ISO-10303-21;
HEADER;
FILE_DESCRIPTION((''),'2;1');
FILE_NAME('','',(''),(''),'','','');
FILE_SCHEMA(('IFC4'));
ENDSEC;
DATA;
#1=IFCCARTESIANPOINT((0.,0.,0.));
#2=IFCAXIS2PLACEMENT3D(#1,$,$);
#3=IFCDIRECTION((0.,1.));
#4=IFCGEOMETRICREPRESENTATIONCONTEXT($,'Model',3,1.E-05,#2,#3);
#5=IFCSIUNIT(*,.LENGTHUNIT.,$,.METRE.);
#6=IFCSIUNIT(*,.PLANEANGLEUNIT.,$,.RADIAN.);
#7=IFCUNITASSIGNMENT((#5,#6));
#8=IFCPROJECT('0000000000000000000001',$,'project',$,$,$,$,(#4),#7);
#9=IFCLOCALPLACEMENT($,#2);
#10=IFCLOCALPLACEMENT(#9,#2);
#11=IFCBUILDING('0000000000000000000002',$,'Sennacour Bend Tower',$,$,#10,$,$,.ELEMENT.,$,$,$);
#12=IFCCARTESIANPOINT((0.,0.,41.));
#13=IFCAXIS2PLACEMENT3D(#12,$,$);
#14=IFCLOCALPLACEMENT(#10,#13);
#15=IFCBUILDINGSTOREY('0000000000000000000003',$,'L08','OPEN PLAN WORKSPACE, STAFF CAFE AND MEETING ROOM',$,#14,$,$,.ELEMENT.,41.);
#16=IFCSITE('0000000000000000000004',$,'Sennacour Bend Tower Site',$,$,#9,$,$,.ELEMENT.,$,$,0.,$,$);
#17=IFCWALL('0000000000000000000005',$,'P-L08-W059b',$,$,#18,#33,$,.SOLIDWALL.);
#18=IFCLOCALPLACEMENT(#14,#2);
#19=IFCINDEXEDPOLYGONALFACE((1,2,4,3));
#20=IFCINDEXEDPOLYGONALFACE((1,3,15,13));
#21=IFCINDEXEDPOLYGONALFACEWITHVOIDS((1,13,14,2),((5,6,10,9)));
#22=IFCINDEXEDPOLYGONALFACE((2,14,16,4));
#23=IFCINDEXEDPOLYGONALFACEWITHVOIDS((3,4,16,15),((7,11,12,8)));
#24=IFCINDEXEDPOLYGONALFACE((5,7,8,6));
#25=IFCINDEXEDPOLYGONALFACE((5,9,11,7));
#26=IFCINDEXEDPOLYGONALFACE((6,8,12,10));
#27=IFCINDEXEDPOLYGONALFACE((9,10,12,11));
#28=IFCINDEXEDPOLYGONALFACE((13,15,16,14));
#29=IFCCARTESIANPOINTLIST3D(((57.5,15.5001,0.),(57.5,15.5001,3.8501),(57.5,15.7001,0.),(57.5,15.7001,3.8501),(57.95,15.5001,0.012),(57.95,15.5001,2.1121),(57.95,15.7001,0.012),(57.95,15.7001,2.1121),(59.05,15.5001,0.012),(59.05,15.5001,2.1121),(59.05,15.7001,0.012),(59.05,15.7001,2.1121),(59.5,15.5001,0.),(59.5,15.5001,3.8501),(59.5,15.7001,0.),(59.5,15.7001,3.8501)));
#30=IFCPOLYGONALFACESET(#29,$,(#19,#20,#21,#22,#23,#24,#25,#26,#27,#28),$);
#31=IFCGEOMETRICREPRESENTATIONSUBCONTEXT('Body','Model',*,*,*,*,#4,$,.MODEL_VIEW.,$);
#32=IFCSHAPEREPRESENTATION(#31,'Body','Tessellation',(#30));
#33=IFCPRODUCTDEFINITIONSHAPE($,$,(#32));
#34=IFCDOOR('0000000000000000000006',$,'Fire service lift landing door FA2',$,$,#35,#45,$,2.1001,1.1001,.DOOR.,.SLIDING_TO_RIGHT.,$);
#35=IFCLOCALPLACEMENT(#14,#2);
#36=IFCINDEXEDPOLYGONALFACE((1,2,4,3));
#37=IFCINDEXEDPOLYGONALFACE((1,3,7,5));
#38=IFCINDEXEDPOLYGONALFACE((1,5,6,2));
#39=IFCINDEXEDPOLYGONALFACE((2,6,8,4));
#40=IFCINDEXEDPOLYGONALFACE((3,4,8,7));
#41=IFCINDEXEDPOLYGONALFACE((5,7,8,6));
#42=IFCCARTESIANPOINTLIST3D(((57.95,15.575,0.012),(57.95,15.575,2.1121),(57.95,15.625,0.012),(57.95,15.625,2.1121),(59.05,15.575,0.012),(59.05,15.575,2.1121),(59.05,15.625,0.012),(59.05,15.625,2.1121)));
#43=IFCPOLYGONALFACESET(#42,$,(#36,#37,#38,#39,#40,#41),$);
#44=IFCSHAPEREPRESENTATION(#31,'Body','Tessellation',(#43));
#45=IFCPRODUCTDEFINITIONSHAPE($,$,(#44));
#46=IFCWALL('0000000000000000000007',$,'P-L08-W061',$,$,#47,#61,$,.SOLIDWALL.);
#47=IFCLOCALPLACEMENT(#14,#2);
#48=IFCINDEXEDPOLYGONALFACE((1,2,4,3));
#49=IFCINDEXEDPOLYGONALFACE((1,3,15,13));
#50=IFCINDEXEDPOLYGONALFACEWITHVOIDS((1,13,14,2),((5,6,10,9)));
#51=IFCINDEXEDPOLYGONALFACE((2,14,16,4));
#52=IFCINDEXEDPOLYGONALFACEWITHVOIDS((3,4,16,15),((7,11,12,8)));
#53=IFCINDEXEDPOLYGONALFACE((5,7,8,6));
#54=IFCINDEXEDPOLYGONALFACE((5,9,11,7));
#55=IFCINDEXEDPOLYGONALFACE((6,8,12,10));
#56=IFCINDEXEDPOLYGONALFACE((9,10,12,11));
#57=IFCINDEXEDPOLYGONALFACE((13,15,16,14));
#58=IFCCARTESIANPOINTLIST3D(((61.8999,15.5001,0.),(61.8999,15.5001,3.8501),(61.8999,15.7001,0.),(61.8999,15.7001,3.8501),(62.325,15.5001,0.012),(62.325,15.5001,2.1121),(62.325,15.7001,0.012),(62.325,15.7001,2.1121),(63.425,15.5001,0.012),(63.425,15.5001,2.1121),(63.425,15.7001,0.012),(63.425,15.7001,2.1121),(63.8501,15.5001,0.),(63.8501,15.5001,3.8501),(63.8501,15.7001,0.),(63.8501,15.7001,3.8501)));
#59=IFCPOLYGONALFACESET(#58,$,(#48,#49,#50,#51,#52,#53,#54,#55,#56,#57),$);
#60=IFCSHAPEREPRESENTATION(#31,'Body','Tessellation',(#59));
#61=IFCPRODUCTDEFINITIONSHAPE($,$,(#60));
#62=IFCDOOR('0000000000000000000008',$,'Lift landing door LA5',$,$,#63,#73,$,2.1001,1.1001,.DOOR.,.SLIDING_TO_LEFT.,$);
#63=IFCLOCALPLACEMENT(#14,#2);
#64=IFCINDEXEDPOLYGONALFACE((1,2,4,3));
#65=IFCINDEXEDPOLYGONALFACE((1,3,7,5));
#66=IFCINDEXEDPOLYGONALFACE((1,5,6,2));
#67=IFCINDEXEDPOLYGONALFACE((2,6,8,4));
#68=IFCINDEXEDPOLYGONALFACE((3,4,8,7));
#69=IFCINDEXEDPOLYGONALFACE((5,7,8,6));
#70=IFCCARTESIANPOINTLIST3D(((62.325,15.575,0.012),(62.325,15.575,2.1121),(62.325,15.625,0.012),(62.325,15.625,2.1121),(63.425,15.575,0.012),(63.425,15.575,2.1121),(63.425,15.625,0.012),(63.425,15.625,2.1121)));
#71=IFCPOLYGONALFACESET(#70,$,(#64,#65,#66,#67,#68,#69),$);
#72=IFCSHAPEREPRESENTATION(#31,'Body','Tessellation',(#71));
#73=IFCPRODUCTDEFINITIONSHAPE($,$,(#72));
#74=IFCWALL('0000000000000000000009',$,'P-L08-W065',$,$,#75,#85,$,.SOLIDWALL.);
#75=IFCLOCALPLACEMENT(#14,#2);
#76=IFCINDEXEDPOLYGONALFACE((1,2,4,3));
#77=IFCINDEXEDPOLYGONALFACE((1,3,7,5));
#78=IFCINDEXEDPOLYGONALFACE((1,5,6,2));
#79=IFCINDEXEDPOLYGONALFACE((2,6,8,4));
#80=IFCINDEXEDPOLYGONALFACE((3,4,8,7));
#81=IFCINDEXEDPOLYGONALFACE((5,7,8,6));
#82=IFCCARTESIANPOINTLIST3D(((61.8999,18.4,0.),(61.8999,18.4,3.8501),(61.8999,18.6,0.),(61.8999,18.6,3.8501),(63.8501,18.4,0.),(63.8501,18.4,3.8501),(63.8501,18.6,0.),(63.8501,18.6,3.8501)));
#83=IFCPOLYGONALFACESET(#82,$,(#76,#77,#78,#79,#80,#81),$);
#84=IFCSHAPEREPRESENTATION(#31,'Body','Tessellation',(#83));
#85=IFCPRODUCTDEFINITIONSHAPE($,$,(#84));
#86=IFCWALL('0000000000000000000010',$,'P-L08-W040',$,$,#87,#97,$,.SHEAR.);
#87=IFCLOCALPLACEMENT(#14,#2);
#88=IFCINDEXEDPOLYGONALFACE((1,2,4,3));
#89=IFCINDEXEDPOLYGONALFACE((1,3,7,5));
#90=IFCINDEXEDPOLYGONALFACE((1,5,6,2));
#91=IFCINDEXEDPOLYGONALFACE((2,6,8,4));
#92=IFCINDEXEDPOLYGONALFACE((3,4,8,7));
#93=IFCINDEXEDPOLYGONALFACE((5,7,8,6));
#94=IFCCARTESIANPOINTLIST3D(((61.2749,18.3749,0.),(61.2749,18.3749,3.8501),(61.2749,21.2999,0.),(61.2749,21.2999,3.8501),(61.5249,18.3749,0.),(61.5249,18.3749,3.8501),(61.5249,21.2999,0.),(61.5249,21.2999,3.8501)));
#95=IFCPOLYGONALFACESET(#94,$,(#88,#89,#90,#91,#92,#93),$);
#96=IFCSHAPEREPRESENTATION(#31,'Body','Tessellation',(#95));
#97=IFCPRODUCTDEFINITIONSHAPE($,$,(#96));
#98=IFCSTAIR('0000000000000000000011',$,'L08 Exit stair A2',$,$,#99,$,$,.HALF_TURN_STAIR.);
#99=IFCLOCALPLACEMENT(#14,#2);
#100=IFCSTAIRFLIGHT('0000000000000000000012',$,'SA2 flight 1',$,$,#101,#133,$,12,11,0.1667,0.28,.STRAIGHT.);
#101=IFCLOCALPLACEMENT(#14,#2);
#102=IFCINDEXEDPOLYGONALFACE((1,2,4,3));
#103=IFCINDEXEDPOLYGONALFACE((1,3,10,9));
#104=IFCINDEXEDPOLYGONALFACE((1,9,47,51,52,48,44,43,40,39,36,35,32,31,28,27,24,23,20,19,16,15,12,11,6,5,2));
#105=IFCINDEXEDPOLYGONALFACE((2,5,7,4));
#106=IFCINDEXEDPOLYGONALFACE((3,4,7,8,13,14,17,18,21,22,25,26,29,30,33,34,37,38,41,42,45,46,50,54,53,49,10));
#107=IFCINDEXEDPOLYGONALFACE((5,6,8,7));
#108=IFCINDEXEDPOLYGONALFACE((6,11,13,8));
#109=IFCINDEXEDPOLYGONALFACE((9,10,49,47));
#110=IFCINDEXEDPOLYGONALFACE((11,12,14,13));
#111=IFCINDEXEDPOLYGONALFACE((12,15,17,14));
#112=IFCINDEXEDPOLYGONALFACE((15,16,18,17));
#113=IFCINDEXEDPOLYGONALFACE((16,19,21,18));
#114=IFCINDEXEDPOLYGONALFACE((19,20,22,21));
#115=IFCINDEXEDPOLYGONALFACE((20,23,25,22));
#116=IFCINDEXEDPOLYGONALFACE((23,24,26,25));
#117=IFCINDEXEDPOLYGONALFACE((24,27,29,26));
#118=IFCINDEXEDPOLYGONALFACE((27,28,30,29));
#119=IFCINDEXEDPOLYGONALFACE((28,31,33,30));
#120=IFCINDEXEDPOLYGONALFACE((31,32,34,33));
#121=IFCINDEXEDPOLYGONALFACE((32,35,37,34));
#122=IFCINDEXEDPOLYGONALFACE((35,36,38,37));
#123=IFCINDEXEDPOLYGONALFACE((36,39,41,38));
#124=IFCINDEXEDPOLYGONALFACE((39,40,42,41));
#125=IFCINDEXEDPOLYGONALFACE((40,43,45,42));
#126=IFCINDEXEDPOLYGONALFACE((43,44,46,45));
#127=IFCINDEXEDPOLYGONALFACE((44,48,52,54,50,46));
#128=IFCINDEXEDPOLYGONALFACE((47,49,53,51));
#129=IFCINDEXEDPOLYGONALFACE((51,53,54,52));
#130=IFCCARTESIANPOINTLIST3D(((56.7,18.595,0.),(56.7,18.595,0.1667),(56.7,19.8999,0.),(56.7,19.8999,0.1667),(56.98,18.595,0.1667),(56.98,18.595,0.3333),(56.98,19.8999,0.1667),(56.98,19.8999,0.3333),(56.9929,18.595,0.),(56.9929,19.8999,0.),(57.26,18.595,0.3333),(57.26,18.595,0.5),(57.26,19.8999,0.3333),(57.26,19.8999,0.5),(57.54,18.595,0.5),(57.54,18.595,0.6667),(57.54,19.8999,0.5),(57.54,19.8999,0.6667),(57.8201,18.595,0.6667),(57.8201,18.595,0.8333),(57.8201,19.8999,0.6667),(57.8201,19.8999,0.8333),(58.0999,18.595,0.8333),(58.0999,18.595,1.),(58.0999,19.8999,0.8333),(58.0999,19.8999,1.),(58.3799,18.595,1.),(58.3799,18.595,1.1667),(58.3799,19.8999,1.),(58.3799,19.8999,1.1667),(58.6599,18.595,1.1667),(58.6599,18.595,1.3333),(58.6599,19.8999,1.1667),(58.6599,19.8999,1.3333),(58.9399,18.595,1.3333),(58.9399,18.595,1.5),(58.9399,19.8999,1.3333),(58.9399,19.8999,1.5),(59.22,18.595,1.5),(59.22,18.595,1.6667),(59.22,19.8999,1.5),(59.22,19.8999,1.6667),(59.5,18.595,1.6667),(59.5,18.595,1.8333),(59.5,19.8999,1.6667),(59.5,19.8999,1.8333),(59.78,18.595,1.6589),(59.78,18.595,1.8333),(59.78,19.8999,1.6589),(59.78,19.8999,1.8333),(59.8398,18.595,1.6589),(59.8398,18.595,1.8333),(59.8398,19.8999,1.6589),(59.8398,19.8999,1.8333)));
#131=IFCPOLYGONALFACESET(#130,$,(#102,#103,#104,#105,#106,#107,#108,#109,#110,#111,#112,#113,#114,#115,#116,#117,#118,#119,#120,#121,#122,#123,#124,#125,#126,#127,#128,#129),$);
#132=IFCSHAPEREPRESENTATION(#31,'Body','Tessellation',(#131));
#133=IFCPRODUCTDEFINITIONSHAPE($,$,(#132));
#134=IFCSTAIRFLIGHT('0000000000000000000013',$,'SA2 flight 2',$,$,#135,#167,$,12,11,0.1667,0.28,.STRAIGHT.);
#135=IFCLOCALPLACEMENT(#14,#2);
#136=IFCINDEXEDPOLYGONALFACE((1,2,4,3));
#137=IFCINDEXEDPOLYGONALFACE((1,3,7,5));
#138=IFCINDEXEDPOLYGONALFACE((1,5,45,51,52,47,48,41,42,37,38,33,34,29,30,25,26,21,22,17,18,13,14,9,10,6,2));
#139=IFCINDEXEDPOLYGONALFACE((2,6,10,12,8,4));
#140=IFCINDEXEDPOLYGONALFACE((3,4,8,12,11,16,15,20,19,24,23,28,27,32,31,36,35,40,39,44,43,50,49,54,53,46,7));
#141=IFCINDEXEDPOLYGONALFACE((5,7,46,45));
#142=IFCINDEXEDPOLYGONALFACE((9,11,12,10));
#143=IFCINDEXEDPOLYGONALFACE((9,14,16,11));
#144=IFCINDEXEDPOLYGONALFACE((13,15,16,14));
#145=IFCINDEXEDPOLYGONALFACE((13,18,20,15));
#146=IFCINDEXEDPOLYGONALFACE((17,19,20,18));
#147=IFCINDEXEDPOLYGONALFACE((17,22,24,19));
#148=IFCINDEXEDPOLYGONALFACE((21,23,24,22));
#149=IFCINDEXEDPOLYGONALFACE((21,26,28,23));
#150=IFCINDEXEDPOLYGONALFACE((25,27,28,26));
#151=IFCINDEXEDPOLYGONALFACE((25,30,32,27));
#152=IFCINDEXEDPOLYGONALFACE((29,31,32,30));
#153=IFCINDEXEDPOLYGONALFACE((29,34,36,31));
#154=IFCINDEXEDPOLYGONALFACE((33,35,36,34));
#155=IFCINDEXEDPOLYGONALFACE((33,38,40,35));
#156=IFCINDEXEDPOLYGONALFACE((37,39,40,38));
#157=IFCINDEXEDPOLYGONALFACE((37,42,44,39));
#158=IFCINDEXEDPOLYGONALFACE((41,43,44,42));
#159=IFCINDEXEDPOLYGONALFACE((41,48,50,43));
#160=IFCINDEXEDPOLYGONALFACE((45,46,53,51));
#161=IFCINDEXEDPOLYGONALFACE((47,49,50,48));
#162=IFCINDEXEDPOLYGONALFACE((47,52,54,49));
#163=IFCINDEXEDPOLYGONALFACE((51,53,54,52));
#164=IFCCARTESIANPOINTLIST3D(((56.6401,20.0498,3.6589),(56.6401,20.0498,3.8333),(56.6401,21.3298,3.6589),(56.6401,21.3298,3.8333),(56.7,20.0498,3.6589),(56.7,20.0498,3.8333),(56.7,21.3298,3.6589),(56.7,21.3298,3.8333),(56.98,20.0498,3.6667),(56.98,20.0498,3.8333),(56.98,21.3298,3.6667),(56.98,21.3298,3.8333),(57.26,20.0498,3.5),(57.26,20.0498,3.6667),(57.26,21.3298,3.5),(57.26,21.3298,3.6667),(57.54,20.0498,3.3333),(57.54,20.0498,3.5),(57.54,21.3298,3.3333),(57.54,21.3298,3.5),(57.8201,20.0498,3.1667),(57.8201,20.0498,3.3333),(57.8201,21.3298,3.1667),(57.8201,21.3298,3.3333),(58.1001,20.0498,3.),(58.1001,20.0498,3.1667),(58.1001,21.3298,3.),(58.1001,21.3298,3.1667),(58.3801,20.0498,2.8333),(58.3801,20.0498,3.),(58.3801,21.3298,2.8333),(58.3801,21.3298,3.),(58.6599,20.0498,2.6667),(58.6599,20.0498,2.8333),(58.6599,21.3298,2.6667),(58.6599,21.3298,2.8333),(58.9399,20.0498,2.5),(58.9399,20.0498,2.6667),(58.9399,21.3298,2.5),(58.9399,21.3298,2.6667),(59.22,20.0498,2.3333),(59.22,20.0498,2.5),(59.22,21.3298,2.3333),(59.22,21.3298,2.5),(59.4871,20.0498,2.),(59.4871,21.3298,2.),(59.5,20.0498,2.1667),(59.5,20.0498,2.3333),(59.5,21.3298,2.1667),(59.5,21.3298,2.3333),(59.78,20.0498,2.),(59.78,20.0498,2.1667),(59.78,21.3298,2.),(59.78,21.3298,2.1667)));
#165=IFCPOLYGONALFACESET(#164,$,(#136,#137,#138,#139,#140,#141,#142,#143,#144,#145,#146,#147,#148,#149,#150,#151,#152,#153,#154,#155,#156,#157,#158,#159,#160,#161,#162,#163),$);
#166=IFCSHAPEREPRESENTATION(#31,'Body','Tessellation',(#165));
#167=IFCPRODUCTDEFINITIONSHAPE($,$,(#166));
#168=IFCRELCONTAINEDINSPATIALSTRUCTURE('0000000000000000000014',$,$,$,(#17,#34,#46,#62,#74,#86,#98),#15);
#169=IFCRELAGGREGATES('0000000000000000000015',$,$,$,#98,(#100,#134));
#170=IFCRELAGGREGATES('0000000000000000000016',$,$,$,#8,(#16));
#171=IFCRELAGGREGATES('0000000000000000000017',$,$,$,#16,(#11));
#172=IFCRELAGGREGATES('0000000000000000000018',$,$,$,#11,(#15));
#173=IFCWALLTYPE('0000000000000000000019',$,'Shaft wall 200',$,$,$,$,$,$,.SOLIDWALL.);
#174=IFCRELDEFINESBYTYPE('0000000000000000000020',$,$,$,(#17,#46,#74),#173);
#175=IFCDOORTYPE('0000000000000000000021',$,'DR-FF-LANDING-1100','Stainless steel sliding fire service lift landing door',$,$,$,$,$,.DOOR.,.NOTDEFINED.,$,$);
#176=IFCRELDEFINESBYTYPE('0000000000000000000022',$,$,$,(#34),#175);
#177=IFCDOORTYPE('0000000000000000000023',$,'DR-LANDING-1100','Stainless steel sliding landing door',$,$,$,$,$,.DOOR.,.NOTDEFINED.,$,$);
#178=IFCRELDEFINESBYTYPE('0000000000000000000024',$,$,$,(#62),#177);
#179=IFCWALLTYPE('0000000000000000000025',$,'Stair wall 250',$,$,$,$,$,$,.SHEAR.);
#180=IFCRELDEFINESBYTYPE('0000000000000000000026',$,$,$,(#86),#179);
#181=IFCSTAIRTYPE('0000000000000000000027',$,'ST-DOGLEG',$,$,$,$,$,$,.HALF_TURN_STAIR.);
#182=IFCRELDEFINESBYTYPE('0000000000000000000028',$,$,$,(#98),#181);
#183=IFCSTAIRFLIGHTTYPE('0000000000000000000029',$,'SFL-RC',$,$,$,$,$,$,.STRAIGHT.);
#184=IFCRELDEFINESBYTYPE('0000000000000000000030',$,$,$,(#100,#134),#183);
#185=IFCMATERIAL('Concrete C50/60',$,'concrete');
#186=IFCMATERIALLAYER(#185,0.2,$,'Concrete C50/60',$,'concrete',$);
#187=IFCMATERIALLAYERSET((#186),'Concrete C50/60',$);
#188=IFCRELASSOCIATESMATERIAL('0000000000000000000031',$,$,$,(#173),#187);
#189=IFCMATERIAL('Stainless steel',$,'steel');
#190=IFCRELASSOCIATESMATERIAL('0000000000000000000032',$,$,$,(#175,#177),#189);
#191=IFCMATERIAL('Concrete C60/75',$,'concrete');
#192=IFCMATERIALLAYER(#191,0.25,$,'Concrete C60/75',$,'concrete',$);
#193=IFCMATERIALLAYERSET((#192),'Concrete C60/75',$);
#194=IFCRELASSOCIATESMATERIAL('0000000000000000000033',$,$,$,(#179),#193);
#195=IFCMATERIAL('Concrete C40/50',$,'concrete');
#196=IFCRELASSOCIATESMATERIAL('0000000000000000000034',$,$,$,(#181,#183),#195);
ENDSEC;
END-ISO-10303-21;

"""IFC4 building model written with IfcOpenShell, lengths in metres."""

from ifc_helpers import new_model, si_unit, direction, frame, frame_2d, origin, place, context, subcontext, project, spatial, polyline, rectangle, outline, extrude, material, layer, layer_set, type_object, element, fill, aggregate, save


model = new_model("IFC4")

# Units and contexts
model_context = context("Model", 3, precision=1e-05, world=origin(), true_north=direction((0.0, 1.0)))
body_context = subcontext(model_context, "Body", "Model", "MODEL_VIEW")
ifc_project = project(units=[si_unit("LENGTHUNIT", "METRE"), si_unit("PLANEANGLEUNIT", "RADIAN")], contexts=[model_context])

# Site, building, storey
site_placement = place(None, origin())
site = spatial("IfcSite", under=ifc_project, at=site_placement, Name="Sennacour Bend Tower Site", CompositionType="ELEMENT", RefElevation=0.0)
building_placement = place(site_placement, origin())
building = spatial("IfcBuilding", under=site, at=building_placement, Name="Sennacour Bend Tower", CompositionType="ELEMENT")
storey_placement = place(building_placement, frame((0.0, 0.0, 41.0)))
storey = spatial("IfcBuildingStorey", under=building, at=storey_placement, Name="L08", Description="OPEN PLAN WORKSPACE, STAFF CAFE AND MEETING ROOM", CompositionType="ELEMENT", Elevation=41.0)

# Shared definitions
ifc_material_1 = material(Name="Concrete C50/60", Category="concrete")
ifc_layer_1 = layer(ifc_material_1, 0.2, Name="Concrete C50/60", Category="concrete")
ifc_layer_set_1 = layer_set([ifc_layer_1], Name="Concrete C50/60")
wall_type_1 = type_object("IfcWallType", Name="Shaft wall 200", PredefinedType="SOLIDWALL", material=ifc_layer_set_1)

# Walls, openings, doors
wall_1_placement = place(storey_placement, frame((57.5, 15.6001, 0.0), z_axis=(0.0, 0.0, 1.0), x_axis=(1.0, 0.0, 0.0)))
wall_1 = element("IfcWall", 1, at=wall_1_placement, inside=storey, type_object=wall_type_1, Name="P-L08-W059b", PredefinedType="SOLIDWALL", context=body_context, shape_type="SweptSolid", body=[
    extrude(rectangle(XDim=2.0, YDim=0.2, at=frame_2d((1.0, 0.0))), origin(), (0.0, 0.0, 1.0), 3.8501),
])
opening_1_placement = place(wall_1_placement, frame((0.45, 0.0, 0.012)))
opening_1 = element("IfcOpeningElement", 2, at=opening_1_placement, cuts=wall_1, PredefinedType="OPENING", context=body_context, shape_type="SweptSolid", body=[
    extrude(rectangle(XDim=1.1001, YDim=2.1001, at=frame_2d((0.55, 1.05))), frame((0.0, 0.1099, 0.0), z_axis=(0.0, -1.0, 0.0), x_axis=(1.0, 0.0, 0.0)), (0.0, 0.0, 1.0), 0.22),
])
ifc_material_2 = material(Name="Stainless steel", Category="steel")
door_type_1 = type_object("IfcDoorType", Name="DR-FF-LANDING-1100", Description="Stainless steel sliding fire service lift landing door", OperationType="NOTDEFINED", PredefinedType="DOOR", material=ifc_material_2)
door_1_placement = place(opening_1_placement, origin())
door_1 = element("IfcDoor", 3, at=door_1_placement, inside=storey, type_object=door_type_1, Name="Fire service lift landing door FA2", OperationType="SLIDING_TO_RIGHT", OverallHeight=2.1001, OverallWidth=1.1001, PredefinedType="DOOR", context=body_context, shape_type="SweptSolid", body=[
    extrude(rectangle(XDim=1.1001, YDim=2.1001, at=frame_2d((0.55, 1.05))), frame((0.0, 0.0249, 0.0), z_axis=(0.0, -1.0, 0.0), x_axis=(1.0, 0.0, 0.0)), (0.0, 0.0, 1.0), 0.05),
])
fill(opening_1, door_1)
wall_2_placement = place(storey_placement, frame((61.8999, 15.6001, 0.0), z_axis=(0.0, 0.0, 1.0), x_axis=(1.0, 0.0, 0.0)))
wall_2 = element("IfcWall", 4, at=wall_2_placement, inside=storey, type_object=wall_type_1, Name="P-L08-W061", PredefinedType="SOLIDWALL", context=body_context, shape_type="SweptSolid", body=[
    extrude(rectangle(XDim=1.9502, YDim=0.2, at=frame_2d((0.9751, 0.0))), origin(), (0.0, 0.0, 1.0), 3.8501),
])
opening_2_placement = place(wall_2_placement, frame((0.425, 0.0, 0.012)))
opening_2 = element("IfcOpeningElement", 5, at=opening_2_placement, cuts=wall_2, PredefinedType="OPENING", context=body_context, shape_type="SweptSolid", body=[
    extrude(rectangle(XDim=1.1001, YDim=2.1001, at=frame_2d((0.55, 1.05))), frame((0.0, 0.1099, 0.0), z_axis=(0.0, -1.0, 0.0), x_axis=(1.0, 0.0, 0.0)), (0.0, 0.0, 1.0), 0.22),
])
door_type_2 = type_object("IfcDoorType", Name="DR-LANDING-1100", Description="Stainless steel sliding landing door", OperationType="NOTDEFINED", PredefinedType="DOOR", material=ifc_material_2)
door_2_placement = place(opening_2_placement, origin())
door_2 = element("IfcDoor", 6, at=door_2_placement, inside=storey, type_object=door_type_2, Name="Lift landing door LA5", OperationType="SLIDING_TO_LEFT", OverallHeight=2.1001, OverallWidth=1.1001, PredefinedType="DOOR", context=body_context, shape_type="SweptSolid", body=[
    extrude(rectangle(XDim=1.1001, YDim=2.1001, at=frame_2d((0.55, 1.05))), frame((0.0, 0.0249, 0.0), z_axis=(0.0, -1.0, 0.0), x_axis=(1.0, 0.0, 0.0)), (0.0, 0.0, 1.0), 0.05),
])
fill(opening_2, door_2)

# Walls
wall_3_placement = place(storey_placement, frame((61.8999, 18.5, 0.0), z_axis=(0.0, 0.0, 1.0), x_axis=(1.0, 0.0, 0.0)))
element("IfcWall", 7, at=wall_3_placement, inside=storey, type_object=wall_type_1, Name="P-L08-W065", PredefinedType="SOLIDWALL", context=body_context, shape_type="SweptSolid", body=[
    extrude(rectangle(XDim=1.9502, YDim=0.2, at=frame_2d((0.9751, 0.0))), origin(), (0.0, 0.0, 1.0), 3.8501),
])
ifc_material_3 = material(Name="Concrete C60/75", Category="concrete")
ifc_layer_2 = layer(ifc_material_3, 0.25, Name="Concrete C60/75", Category="concrete")
ifc_layer_set_2 = layer_set([ifc_layer_2], Name="Concrete C60/75")
wall_type_2 = type_object("IfcWallType", Name="Stair wall 250", PredefinedType="SHEAR", material=ifc_layer_set_2)
wall_4_placement = place(storey_placement, frame((61.3999, 18.375, 0.0), z_axis=(0.0, 0.0, 1.0), x_axis=(0.0, 1.0, 0.0)))
element("IfcWall", 8, at=wall_4_placement, inside=storey, type_object=wall_type_2, Name="P-L08-W040", PredefinedType="SHEAR", context=body_context, shape_type="SweptSolid", body=[
    extrude(rectangle(XDim=2.925, YDim=0.25, at=frame_2d((1.4624, 0.0))), origin(), (0.0, 0.0, 1.0), 3.8501),
])

# Stair, stair flights
ifc_material_4 = material(Name="Concrete C40/50", Category="concrete")
stair_type = type_object("IfcStairType", Name="ST-DOGLEG", PredefinedType="HALF_TURN_STAIR", material=ifc_material_4)
stair_placement = place(storey_placement, origin())
stair = element("IfcStair", 9, at=stair_placement, inside=storey, type_object=stair_type, Name="L08 Exit stair A2", PredefinedType="HALF_TURN_STAIR")
stair_flight_type = type_object("IfcStairFlightType", Name="SFL-RC", PredefinedType="STRAIGHT", material=ifc_material_4)
stair_flight_1_placement = place(storey_placement, frame((56.7, 19.2476, 0.0), z_axis=(0.0, 0.0, 1.0), x_axis=(1.0, 0.0, 0.0)))
stair_flight_1 = element("IfcStairFlight", 10, at=stair_flight_1_placement, type_object=stair_flight_type, Name="SA2 flight 1", NumberOfRisers=12, NumberOfTreads=11, PredefinedType="STRAIGHT", RiserHeight=0.1667, TreadLength=0.28, context=body_context, shape_type="SweptSolid", body=[
    extrude(outline(polyline([(0.0, 0.0), (0.0, 0.1667), (0.28, 0.1667), (0.28, 0.3333), (0.5601, 0.3333), (0.5601, 0.5), (0.8401, 0.5), (0.8401, 0.6667), (1.1201, 0.6667), (1.1201, 0.8333), (1.3999, 0.8333), (1.3999, 1.0), (1.6799, 1.0), (1.6799, 1.1667), (1.96, 1.1667), (1.96, 1.3333), (2.24, 1.3333), (2.24, 1.5), (2.52, 1.5), (2.52, 1.6667), (2.8, 1.6667), (2.8, 1.8333), (3.0801, 1.8333), (3.1399, 1.8333), (3.1399, 1.6589), (3.0801, 1.6589), (0.293, 0.0), (0.0, 0.0)])), frame((0.0, 0.6523, 0.0), z_axis=(0.0, -1.0, 0.0), x_axis=(1.0, 0.0, 0.0)), (0.0, 0.0, 1.0), 1.3049),
])
stair_flight_2_placement = place(storey_placement, frame((59.78, 20.6899, 2.0), z_axis=(0.0, 0.0, 1.0), x_axis=(-1.0, 0.0, 0.0)))
stair_flight_2 = element("IfcStairFlight", 11, at=stair_flight_2_placement, type_object=stair_flight_type, Name="SA2 flight 2", NumberOfRisers=12, NumberOfTreads=11, PredefinedType="STRAIGHT", RiserHeight=0.1667, TreadLength=0.28, context=body_context, shape_type="SweptSolid", body=[
    extrude(outline(polyline([(0.0, 0.0), (0.0, 0.1667), (0.28, 0.1667), (0.28, 0.3333), (0.5601, 0.3333), (0.5601, 0.5), (0.8401, 0.5), (0.8401, 0.6667), (1.1201, 0.6667), (1.1201, 0.8333), (1.3999, 0.8333), (1.3999, 1.0), (1.6799, 1.0), (1.6799, 1.1667), (1.96, 1.1667), (1.96, 1.3333), (2.24, 1.3333), (2.24, 1.5), (2.52, 1.5), (2.52, 1.6667), (2.8, 1.6667), (2.8, 1.8333), (3.0801, 1.8333), (3.1399, 1.8333), (3.1399, 1.6589), (3.0801, 1.6589), (0.293, 0.0), (0.0, 0.0)])), frame((0.0, 0.6401, 0.0), z_axis=(0.0, -1.0, 0.0), x_axis=(1.0, 0.0, 0.0)), (0.0, 0.0, 1.0), 1.28),
])
aggregate(stair, [stair_flight_1, stair_flight_2])

save(model, "model.ifc")
